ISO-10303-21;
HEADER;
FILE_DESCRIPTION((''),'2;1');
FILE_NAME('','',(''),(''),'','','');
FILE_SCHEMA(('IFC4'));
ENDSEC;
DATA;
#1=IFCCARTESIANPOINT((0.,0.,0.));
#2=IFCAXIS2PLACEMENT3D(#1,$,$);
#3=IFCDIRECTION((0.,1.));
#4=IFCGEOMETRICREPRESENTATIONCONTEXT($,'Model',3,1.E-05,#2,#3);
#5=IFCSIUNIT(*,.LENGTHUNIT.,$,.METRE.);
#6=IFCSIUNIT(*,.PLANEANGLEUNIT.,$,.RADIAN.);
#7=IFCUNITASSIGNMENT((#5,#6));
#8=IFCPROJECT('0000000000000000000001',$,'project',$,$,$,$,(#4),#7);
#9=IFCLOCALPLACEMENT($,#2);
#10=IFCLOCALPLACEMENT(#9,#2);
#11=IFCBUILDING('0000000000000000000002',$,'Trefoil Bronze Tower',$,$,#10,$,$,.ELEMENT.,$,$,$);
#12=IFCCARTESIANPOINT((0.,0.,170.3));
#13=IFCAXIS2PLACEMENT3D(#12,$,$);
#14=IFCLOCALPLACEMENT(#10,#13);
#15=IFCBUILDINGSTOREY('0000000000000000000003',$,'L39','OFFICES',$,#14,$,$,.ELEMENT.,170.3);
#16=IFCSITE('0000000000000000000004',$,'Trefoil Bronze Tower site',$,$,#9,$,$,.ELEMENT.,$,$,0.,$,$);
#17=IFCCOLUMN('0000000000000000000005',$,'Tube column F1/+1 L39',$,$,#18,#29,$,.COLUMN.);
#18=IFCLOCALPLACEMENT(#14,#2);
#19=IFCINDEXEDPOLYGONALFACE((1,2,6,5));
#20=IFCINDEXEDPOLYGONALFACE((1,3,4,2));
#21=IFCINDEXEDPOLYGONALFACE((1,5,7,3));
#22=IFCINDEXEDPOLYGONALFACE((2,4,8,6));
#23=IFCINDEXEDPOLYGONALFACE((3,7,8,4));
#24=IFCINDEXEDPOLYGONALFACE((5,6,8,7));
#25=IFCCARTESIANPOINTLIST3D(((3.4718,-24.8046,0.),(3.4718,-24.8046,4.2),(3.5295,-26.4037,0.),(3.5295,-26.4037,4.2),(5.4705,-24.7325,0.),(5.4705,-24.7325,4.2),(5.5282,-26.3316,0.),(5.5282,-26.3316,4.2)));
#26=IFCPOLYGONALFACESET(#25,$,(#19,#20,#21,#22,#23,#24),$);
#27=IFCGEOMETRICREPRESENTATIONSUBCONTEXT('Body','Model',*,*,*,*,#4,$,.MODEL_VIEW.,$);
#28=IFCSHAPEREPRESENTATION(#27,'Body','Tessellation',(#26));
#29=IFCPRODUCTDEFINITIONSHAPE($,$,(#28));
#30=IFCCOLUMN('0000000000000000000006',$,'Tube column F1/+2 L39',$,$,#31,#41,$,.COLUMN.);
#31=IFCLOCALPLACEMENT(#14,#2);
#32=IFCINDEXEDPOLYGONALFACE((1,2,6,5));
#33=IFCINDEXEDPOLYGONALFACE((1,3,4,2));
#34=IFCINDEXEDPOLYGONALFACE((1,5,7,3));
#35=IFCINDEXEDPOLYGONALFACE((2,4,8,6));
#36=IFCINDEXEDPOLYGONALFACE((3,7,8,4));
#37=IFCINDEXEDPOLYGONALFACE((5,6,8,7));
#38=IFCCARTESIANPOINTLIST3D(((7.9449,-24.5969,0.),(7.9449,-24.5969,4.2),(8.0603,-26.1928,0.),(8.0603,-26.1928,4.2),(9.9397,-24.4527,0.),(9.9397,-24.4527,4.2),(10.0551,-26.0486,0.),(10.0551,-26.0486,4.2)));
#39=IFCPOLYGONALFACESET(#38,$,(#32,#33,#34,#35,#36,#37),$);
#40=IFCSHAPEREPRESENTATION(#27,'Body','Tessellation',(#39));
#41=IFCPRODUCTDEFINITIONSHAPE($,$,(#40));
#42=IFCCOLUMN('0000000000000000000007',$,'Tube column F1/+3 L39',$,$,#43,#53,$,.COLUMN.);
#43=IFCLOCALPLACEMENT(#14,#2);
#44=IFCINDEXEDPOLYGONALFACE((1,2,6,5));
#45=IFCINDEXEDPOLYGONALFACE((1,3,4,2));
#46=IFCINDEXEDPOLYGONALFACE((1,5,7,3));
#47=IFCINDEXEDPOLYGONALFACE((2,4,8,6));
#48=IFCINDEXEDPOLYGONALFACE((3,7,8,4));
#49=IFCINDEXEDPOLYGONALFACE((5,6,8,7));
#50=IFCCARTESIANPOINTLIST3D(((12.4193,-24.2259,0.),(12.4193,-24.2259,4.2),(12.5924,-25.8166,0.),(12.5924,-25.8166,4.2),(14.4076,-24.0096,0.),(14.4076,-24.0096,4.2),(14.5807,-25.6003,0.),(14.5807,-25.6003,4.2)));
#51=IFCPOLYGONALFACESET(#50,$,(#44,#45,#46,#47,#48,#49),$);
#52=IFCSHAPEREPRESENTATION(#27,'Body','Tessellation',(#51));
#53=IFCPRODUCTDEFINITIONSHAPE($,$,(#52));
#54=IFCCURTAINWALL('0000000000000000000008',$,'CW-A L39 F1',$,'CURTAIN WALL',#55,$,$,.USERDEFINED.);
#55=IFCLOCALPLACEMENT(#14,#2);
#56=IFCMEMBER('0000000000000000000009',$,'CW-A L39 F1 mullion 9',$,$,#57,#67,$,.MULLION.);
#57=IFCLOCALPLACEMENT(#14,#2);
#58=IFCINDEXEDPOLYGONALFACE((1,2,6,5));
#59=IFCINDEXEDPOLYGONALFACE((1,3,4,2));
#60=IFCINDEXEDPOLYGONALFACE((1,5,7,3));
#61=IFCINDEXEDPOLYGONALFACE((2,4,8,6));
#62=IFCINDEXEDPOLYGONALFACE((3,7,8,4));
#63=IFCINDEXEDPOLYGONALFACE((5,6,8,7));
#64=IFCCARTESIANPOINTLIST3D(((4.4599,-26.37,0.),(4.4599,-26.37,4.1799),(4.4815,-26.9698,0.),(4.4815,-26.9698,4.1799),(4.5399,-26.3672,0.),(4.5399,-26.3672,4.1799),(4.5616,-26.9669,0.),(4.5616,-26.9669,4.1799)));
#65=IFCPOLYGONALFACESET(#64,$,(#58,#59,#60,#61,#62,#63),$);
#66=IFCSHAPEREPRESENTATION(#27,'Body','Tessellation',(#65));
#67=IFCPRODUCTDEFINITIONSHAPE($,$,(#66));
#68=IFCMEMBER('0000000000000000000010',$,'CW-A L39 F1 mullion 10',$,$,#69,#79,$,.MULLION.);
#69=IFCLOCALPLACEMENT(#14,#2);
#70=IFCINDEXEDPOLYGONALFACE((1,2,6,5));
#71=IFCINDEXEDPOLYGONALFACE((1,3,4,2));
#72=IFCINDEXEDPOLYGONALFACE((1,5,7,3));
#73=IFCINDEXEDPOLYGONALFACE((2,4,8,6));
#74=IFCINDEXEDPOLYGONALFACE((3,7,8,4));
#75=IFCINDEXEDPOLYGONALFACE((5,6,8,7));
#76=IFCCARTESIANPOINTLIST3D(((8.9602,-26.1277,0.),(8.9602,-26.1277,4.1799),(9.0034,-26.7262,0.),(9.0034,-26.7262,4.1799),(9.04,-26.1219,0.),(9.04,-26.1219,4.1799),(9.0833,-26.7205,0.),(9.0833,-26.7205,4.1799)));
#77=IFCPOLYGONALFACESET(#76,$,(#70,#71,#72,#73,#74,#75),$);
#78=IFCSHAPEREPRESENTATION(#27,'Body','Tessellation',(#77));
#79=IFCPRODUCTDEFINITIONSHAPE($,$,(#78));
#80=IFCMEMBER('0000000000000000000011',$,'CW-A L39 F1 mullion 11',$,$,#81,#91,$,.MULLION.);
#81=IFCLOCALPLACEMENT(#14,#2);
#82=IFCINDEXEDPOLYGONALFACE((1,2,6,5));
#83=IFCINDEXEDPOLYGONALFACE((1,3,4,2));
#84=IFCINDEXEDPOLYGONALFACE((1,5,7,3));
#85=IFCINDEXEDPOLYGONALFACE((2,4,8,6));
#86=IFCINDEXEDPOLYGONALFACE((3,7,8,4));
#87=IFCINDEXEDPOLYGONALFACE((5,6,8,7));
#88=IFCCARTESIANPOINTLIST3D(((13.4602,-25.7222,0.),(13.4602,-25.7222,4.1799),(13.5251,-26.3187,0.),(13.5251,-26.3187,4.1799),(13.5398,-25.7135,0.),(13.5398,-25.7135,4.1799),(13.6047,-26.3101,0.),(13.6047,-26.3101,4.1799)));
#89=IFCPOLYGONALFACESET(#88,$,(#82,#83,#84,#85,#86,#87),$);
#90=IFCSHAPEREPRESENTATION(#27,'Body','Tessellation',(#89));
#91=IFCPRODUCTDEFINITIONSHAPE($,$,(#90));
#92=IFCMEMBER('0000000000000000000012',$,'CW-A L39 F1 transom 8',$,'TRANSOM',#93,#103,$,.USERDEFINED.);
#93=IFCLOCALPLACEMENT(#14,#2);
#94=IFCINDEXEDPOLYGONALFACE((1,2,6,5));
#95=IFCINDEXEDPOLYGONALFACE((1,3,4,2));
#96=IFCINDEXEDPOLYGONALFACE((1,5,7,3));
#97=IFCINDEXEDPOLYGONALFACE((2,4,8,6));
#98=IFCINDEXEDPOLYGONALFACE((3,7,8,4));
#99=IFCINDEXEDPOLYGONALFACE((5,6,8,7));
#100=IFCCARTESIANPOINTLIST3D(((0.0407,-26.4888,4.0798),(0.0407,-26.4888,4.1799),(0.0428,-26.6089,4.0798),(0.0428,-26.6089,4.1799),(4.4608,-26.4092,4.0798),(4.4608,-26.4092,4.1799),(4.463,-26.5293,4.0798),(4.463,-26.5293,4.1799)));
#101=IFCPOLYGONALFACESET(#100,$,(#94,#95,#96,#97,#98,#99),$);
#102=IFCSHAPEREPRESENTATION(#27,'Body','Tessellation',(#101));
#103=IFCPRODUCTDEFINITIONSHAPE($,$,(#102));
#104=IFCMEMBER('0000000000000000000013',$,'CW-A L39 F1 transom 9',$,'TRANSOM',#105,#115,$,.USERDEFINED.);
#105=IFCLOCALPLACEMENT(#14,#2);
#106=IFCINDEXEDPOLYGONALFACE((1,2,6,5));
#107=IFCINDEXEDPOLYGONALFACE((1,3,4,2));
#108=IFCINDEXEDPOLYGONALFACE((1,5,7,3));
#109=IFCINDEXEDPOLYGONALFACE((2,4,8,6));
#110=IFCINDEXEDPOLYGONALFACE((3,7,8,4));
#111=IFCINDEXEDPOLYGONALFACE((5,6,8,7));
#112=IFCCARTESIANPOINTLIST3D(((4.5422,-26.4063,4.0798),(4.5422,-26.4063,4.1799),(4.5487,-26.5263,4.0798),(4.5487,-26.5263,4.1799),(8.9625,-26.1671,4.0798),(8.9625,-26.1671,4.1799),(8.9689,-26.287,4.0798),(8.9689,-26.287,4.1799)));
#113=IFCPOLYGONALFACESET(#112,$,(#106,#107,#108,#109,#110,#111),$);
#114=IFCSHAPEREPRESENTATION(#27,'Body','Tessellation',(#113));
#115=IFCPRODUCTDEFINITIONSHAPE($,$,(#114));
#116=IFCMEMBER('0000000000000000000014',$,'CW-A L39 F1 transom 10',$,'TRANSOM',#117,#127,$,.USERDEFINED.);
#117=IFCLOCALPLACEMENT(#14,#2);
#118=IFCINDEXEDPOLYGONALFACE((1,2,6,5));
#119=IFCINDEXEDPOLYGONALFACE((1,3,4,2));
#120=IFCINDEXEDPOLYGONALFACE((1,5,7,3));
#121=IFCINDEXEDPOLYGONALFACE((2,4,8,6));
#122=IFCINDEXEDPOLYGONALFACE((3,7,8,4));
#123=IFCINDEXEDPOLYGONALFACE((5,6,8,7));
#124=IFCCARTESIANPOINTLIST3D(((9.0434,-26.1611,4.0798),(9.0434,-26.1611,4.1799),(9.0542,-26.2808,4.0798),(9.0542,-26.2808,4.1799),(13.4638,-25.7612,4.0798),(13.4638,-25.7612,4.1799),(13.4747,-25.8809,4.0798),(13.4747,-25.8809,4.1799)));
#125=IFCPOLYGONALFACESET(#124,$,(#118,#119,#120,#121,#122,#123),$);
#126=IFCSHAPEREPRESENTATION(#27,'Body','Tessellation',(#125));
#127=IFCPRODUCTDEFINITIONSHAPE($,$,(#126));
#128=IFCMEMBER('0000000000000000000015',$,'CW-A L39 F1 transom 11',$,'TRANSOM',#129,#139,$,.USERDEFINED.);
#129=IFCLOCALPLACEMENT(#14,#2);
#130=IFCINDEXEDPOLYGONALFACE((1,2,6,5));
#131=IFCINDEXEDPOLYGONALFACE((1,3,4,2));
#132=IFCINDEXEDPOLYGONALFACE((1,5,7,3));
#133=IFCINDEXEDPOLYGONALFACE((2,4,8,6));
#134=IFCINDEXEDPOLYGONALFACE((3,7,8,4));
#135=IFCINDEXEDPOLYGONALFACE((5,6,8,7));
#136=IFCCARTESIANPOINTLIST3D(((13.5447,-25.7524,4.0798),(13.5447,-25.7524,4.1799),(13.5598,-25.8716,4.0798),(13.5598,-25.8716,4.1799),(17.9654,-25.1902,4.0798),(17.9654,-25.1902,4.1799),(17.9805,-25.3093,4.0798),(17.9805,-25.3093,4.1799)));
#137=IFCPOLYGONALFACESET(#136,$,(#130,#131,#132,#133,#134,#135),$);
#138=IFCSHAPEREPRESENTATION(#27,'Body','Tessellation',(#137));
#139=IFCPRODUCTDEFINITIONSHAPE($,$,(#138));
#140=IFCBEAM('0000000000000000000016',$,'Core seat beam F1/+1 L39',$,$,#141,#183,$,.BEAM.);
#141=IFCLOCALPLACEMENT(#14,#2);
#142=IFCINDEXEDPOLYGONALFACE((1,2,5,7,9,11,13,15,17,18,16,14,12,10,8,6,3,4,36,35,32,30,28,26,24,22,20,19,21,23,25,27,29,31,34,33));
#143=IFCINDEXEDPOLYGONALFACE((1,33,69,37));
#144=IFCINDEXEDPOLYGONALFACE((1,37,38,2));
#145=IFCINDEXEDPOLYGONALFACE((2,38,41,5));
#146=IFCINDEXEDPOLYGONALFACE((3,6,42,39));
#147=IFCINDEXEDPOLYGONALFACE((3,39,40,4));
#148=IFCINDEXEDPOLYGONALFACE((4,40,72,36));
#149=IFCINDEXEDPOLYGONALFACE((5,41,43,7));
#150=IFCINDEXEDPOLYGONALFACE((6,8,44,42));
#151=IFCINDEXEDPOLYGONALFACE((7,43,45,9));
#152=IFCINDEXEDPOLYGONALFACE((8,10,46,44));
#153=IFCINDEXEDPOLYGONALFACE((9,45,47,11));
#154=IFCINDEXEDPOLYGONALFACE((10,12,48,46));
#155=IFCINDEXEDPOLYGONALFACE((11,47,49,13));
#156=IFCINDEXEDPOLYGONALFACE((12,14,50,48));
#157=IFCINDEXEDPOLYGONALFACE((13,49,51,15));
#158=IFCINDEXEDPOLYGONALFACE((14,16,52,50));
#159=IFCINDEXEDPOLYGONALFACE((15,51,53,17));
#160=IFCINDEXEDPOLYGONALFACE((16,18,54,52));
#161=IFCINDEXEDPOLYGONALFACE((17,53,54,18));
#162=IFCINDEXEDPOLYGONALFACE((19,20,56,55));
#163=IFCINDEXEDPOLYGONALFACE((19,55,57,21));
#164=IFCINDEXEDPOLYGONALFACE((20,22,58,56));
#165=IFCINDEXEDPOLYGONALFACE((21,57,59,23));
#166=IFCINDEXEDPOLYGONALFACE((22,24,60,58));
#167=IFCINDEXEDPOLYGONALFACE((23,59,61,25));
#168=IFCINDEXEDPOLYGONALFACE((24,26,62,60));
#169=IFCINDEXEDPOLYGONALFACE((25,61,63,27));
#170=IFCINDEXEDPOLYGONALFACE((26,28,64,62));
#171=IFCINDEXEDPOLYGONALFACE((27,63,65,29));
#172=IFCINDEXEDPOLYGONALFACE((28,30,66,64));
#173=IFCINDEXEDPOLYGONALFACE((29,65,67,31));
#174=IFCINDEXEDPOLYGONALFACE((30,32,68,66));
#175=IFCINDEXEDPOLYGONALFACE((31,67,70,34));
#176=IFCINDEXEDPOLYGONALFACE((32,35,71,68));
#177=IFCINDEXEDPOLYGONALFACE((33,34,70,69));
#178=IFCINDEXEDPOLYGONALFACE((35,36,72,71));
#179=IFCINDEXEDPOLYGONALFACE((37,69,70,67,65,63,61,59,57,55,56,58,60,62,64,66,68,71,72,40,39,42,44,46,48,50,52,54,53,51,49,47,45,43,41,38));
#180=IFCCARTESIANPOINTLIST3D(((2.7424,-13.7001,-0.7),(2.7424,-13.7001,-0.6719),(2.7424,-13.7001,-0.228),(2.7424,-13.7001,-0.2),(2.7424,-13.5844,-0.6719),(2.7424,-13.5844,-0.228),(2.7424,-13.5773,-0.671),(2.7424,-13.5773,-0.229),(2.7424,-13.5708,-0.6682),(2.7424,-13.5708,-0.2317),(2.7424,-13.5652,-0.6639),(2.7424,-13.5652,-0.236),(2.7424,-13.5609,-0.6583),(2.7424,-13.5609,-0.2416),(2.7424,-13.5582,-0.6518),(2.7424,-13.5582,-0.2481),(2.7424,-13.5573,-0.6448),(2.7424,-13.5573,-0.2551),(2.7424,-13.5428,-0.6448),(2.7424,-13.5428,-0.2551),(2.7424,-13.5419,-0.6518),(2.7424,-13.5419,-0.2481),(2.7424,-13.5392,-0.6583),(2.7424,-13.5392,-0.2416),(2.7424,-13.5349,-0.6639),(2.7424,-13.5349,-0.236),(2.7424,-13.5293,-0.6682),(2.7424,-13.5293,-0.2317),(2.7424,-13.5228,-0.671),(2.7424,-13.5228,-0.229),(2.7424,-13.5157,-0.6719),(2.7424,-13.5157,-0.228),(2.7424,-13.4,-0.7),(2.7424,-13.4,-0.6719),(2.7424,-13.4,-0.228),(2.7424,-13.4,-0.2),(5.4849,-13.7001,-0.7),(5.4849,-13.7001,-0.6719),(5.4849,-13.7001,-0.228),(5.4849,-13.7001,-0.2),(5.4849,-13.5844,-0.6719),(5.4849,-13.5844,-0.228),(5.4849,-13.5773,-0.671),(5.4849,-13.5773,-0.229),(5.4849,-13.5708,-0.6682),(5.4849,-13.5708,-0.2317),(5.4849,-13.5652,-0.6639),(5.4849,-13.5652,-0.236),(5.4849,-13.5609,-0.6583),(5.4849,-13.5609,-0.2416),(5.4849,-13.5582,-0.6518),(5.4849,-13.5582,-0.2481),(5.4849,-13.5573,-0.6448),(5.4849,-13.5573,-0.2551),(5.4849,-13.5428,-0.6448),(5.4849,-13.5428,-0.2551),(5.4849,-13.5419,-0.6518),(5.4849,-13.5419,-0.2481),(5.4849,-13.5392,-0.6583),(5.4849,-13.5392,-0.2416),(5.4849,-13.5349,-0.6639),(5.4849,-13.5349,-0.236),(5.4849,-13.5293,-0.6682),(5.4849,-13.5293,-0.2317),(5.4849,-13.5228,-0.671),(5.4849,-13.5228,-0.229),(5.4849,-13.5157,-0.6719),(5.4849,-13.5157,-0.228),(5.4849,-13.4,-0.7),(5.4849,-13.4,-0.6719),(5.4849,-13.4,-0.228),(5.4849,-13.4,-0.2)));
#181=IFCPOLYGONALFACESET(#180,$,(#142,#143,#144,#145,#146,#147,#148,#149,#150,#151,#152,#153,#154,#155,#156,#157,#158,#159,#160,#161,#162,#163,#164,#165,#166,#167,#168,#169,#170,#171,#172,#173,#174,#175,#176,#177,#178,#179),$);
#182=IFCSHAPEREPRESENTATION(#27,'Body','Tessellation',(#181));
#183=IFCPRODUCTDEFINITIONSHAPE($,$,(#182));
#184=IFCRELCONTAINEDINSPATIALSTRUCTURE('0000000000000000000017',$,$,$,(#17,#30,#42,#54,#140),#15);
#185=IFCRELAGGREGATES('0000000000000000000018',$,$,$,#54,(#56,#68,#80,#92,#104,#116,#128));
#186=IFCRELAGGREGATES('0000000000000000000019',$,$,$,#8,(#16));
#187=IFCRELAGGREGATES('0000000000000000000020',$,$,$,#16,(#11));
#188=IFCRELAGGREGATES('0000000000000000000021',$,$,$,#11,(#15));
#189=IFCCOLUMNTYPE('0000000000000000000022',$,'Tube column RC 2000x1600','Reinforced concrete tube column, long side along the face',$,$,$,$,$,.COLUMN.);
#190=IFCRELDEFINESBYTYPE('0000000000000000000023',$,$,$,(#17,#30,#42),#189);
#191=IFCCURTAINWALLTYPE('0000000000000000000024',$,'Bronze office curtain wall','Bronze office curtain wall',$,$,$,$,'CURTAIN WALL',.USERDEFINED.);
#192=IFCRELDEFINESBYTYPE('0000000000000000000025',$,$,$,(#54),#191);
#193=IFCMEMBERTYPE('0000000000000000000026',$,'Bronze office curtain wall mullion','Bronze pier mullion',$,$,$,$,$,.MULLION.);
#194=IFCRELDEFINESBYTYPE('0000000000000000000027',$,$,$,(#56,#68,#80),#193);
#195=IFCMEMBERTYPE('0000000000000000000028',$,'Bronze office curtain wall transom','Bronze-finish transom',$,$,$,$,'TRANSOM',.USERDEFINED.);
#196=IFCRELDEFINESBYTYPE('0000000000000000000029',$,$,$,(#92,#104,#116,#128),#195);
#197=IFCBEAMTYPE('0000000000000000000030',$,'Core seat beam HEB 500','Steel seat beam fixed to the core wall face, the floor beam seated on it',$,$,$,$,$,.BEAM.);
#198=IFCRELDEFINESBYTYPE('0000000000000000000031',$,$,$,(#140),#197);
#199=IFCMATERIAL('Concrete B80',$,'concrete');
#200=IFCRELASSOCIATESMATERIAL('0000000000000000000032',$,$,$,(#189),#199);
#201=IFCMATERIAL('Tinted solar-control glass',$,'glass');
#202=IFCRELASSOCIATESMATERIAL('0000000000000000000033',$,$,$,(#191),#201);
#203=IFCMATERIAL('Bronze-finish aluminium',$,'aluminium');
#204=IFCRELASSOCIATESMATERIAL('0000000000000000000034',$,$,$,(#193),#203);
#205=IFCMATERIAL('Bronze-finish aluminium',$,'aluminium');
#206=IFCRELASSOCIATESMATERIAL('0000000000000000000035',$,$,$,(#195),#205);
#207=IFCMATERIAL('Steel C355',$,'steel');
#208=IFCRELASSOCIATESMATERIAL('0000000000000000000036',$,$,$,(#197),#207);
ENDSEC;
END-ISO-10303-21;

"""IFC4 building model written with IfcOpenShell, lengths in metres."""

from ifc_helpers import new_model, si_unit, direction, frame, origin, origin_2d, place, context, subcontext, project, spatial, rectangle, i_section, extrude, material, material_profile, profile_set, type_object, element, aggregate, save


model = new_model("IFC4")

# Units and contexts
model_context = context("Model", 3, precision=1e-05, world=origin(), true_north=direction((0.0, 1.0)))
body_context = subcontext(model_context, "Body", "Model", "MODEL_VIEW")
ifc_project = project(units=[si_unit("LENGTHUNIT", "METRE"), si_unit("PLANEANGLEUNIT", "RADIAN")], contexts=[model_context])

# Site, building, storey
site_placement = place(None, origin())
site = spatial("IfcSite", under=ifc_project, at=site_placement, Name="Trefoil Bronze Tower site", CompositionType="ELEMENT", RefElevation=0.0)
building_placement = place(site_placement, origin())
building = spatial("IfcBuilding", under=site, at=building_placement, Name="Trefoil Bronze Tower", CompositionType="ELEMENT")
storey_placement = place(building_placement, frame((0.0, 0.0, 170.3)))
storey = spatial("IfcBuildingStorey", under=building, at=storey_placement, Name="L39", Description="OFFICES", CompositionType="ELEMENT", Elevation=170.3)

# Columns
ifc_material_1 = material(Name="Concrete B80", Category="concrete")
ifc_material_profile_1 = material_profile(ifc_material_1, rectangle(XDim=2.0, YDim=1.6001, at=origin_2d()), Name="RC 2000x1600")
ifc_profile_set_1 = profile_set([ifc_material_profile_1], Name="Concrete B80")
column_type = type_object("IfcColumnType", Name="Tube column RC 2000x1600", Description="Reinforced concrete tube column, long side along the face", PredefinedType="COLUMN", material=ifc_profile_set_1)
for number, where, z_axis, x_axis, name in (
    (1, (4.5, -25.5681, 0.0), (0.0, 0.0, 1.0), (0.99935, 0.036048, 0.0), "Tube column F1/+1 L39"),
    (2, (9.0, -25.3228, 0.0), (0.0, 0.0, 1.0), (0.997398, 0.072096, 0.0), "Tube column F1/+2 L39"),
    (3, (13.5, -24.9131, 0.0), (0.0, 0.0, 1.0), (0.994135, 0.108144, 0.0), "Tube column F1/+3 L39"),
):
    element("IfcColumn", number, at=place(storey_placement, frame(where, z_axis=z_axis, x_axis=x_axis)), inside=storey, type_object=column_type, Name=name, PredefinedType="COLUMN", context=body_context, shape_type="SweptSolid", body=[
        extrude(rectangle(XDim=2.0, YDim=1.6001, at=origin_2d()), origin(), (0.0, 0.0, 1.0), 4.2),
    ])

# Curtain wall, members
ifc_material_2 = material(Name="Tinted solar-control glass", Category="glass")
curtain_wall_type = type_object("IfcCurtainWallType", Name="Bronze office curtain wall", Description="Bronze office curtain wall", ElementType="CURTAIN WALL", PredefinedType="USERDEFINED", material=ifc_material_2)
curtain_wall_placement = place(storey_placement, origin())
curtain_wall = element("IfcCurtainWall", 4, at=curtain_wall_placement, inside=storey, type_object=curtain_wall_type, Name="CW-A L39 F1", ObjectType="CURTAIN WALL", PredefinedType="USERDEFINED")
ifc_material_3 = material(Name="Bronze-finish aluminium", Category="aluminium")
ifc_material_profile_2 = material_profile(ifc_material_3, rectangle(XDim=0.6001, YDim=0.0801, at=origin_2d()), Name="CW-A mullion")
ifc_profile_set_2 = profile_set([ifc_material_profile_2], Name="Bronze-finish aluminium")
member_type_1 = type_object("IfcMemberType", Name="Bronze office curtain wall mullion", Description="Bronze pier mullion", PredefinedType="MULLION", material=ifc_profile_set_2)
member_1_placement = place(storey_placement, frame((4.5107, -26.6685, 0.0), z_axis=(0.0, 0.0, 1.0), x_axis=(-0.036048, 0.99935, 0.0)))
member_1 = element("IfcMember", 5, at=member_1_placement, type_object=member_type_1, Name="CW-A L39 F1 mullion 9", PredefinedType="MULLION", context=body_context, shape_type="SweptSolid", body=[
    extrude(rectangle(XDim=0.6001, YDim=0.0801, at=origin_2d()), origin(), (0.0, 0.0, 1.0), 4.1799),
])
member_2_placement = place(storey_placement, frame((9.0217, -26.4241, 0.0), z_axis=(0.0, 0.0, 1.0), x_axis=(-0.072096, 0.997398, 0.0)))
member_2 = element("IfcMember", 6, at=member_2_placement, type_object=member_type_1, Name="CW-A L39 F1 mullion 10", PredefinedType="MULLION", context=body_context, shape_type="SweptSolid", body=[
    extrude(rectangle(XDim=0.6001, YDim=0.0801, at=origin_2d()), origin(), (0.0, 0.0, 1.0), 4.1799),
])
member_3_placement = place(storey_placement, frame((13.5325, -26.0161, 0.0), z_axis=(0.0, 0.0, 1.0), x_axis=(-0.108144, 0.994135, 0.0)))
member_3 = element("IfcMember", 7, at=member_3_placement, type_object=member_type_1, Name="CW-A L39 F1 mullion 11", PredefinedType="MULLION", context=body_context, shape_type="SweptSolid", body=[
    extrude(rectangle(XDim=0.6001, YDim=0.0801, at=origin_2d()), origin(), (0.0, 0.0, 1.0), 4.1799),
])
ifc_material_4 = material(Name="Bronze-finish aluminium", Category="aluminium")
ifc_material_profile_3 = material_profile(ifc_material_4, rectangle(XDim=0.1201, YDim=0.1001, at=origin_2d()), Name="CW-A transom")
ifc_profile_set_3 = profile_set([ifc_material_profile_3], Name="Bronze-finish aluminium")
member_type_2 = type_object("IfcMemberType", Name="Bronze office curtain wall transom", Description="Bronze-finish transom", ElementType="TRANSOM", PredefinedType="USERDEFINED", material=ifc_profile_set_3)
member_4_placement = place(storey_placement, frame((0.0417, -26.5488, 4.1299), z_axis=(0.999838, 0.018003, 0.0), x_axis=(-0.018003, 0.999838, 0.0)))
member_4 = element("IfcMember", 8, at=member_4_placement, type_object=member_type_2, Name="CW-A L39 F1 transom 8", ObjectType="TRANSOM", PredefinedType="USERDEFINED", context=body_context, shape_type="SweptSolid", body=[
    extrude(rectangle(XDim=0.1201, YDim=0.1001, at=origin_2d()), origin(), (0.0, 0.0, 1.0), 4.4209),
])
member_5_placement = place(storey_placement, frame((4.5454, -26.4663, 4.1299), z_axis=(0.998538, 0.05405, 0.0), x_axis=(-0.05405, 0.998538, 0.0)))
member_5 = element("IfcMember", 9, at=member_5_placement, type_object=member_type_2, Name="CW-A L39 F1 transom 9", ObjectType="TRANSOM", PredefinedType="USERDEFINED", context=body_context, shape_type="SweptSolid", body=[
    extrude(rectangle(XDim=0.1201, YDim=0.1001, at=origin_2d()), origin(), (0.0, 0.0, 1.0), 4.4268),
])
member_6_placement = place(storey_placement, frame((9.0488, -26.2209, 4.1299), z_axis=(0.995933, 0.090099, 0.0), x_axis=(-0.090099, 0.995933, 0.0)))
member_6 = element("IfcMember", 10, at=member_6_placement, type_object=member_type_2, Name="CW-A L39 F1 transom 10", ObjectType="TRANSOM", PredefinedType="USERDEFINED", context=body_context, shape_type="SweptSolid", body=[
    extrude(rectangle(XDim=0.1201, YDim=0.1001, at=origin_2d()), origin(), (0.0, 0.0, 1.0), 4.4385),
])
member_7_placement = place(storey_placement, frame((13.5522, -25.812, 4.1299), z_axis=(0.992008, 0.126172, 0.0), x_axis=(-0.126172, 0.992008, 0.0)))
member_7 = element("IfcMember", 11, at=member_7_placement, type_object=member_type_2, Name="CW-A L39 F1 transom 11", ObjectType="TRANSOM", PredefinedType="USERDEFINED", context=body_context, shape_type="SweptSolid", body=[
    extrude(rectangle(XDim=0.1201, YDim=0.1001, at=origin_2d()), origin(), (0.0, 0.0, 1.0), 4.4563),
])

# Beam
ifc_material_5 = material(Name="Steel C355", Category="steel")
ifc_material_profile_4 = material_profile(ifc_material_5, i_section(OverallWidth=0.3, OverallDepth=0.5, WebThickness=0.0144, FlangeThickness=0.0281, FilletRadius=0.0271, at=origin_2d()), Name="HEB 500")
ifc_profile_set_4 = profile_set([ifc_material_profile_4], Name="Steel C355")
beam_type_1 = type_object("IfcBeamType", Name="Core seat beam HEB 500", Description="Steel seat beam fixed to the core wall face, the floor beam seated on it", PredefinedType="BEAM", material=ifc_profile_set_4)
for number, where, z_axis, x_axis, name in (
    (12, (2.7424, -13.55, -0.45), (1.0, 0.0, 0.0), (0.0, 1.0, 0.0), "Core seat beam F1/+1 L39"),
):
    element("IfcBeam", number, at=place(storey_placement, frame(where, z_axis=z_axis, x_axis=x_axis)), inside=storey, type_object=beam_type_1, Name=name, PredefinedType="BEAM", context=body_context, shape_type="SweptSolid", body=[
        extrude(i_section(OverallWidth=0.3, OverallDepth=0.5, WebThickness=0.0144, FlangeThickness=0.0281, FilletRadius=0.0271, at=origin_2d()), origin(), (0.0, 0.0, 1.0), 2.7424),
    ])

aggregate(curtain_wall, [member_1, member_2, member_3, member_4, member_5, member_6, member_7])

save(model, "model.ifc")
